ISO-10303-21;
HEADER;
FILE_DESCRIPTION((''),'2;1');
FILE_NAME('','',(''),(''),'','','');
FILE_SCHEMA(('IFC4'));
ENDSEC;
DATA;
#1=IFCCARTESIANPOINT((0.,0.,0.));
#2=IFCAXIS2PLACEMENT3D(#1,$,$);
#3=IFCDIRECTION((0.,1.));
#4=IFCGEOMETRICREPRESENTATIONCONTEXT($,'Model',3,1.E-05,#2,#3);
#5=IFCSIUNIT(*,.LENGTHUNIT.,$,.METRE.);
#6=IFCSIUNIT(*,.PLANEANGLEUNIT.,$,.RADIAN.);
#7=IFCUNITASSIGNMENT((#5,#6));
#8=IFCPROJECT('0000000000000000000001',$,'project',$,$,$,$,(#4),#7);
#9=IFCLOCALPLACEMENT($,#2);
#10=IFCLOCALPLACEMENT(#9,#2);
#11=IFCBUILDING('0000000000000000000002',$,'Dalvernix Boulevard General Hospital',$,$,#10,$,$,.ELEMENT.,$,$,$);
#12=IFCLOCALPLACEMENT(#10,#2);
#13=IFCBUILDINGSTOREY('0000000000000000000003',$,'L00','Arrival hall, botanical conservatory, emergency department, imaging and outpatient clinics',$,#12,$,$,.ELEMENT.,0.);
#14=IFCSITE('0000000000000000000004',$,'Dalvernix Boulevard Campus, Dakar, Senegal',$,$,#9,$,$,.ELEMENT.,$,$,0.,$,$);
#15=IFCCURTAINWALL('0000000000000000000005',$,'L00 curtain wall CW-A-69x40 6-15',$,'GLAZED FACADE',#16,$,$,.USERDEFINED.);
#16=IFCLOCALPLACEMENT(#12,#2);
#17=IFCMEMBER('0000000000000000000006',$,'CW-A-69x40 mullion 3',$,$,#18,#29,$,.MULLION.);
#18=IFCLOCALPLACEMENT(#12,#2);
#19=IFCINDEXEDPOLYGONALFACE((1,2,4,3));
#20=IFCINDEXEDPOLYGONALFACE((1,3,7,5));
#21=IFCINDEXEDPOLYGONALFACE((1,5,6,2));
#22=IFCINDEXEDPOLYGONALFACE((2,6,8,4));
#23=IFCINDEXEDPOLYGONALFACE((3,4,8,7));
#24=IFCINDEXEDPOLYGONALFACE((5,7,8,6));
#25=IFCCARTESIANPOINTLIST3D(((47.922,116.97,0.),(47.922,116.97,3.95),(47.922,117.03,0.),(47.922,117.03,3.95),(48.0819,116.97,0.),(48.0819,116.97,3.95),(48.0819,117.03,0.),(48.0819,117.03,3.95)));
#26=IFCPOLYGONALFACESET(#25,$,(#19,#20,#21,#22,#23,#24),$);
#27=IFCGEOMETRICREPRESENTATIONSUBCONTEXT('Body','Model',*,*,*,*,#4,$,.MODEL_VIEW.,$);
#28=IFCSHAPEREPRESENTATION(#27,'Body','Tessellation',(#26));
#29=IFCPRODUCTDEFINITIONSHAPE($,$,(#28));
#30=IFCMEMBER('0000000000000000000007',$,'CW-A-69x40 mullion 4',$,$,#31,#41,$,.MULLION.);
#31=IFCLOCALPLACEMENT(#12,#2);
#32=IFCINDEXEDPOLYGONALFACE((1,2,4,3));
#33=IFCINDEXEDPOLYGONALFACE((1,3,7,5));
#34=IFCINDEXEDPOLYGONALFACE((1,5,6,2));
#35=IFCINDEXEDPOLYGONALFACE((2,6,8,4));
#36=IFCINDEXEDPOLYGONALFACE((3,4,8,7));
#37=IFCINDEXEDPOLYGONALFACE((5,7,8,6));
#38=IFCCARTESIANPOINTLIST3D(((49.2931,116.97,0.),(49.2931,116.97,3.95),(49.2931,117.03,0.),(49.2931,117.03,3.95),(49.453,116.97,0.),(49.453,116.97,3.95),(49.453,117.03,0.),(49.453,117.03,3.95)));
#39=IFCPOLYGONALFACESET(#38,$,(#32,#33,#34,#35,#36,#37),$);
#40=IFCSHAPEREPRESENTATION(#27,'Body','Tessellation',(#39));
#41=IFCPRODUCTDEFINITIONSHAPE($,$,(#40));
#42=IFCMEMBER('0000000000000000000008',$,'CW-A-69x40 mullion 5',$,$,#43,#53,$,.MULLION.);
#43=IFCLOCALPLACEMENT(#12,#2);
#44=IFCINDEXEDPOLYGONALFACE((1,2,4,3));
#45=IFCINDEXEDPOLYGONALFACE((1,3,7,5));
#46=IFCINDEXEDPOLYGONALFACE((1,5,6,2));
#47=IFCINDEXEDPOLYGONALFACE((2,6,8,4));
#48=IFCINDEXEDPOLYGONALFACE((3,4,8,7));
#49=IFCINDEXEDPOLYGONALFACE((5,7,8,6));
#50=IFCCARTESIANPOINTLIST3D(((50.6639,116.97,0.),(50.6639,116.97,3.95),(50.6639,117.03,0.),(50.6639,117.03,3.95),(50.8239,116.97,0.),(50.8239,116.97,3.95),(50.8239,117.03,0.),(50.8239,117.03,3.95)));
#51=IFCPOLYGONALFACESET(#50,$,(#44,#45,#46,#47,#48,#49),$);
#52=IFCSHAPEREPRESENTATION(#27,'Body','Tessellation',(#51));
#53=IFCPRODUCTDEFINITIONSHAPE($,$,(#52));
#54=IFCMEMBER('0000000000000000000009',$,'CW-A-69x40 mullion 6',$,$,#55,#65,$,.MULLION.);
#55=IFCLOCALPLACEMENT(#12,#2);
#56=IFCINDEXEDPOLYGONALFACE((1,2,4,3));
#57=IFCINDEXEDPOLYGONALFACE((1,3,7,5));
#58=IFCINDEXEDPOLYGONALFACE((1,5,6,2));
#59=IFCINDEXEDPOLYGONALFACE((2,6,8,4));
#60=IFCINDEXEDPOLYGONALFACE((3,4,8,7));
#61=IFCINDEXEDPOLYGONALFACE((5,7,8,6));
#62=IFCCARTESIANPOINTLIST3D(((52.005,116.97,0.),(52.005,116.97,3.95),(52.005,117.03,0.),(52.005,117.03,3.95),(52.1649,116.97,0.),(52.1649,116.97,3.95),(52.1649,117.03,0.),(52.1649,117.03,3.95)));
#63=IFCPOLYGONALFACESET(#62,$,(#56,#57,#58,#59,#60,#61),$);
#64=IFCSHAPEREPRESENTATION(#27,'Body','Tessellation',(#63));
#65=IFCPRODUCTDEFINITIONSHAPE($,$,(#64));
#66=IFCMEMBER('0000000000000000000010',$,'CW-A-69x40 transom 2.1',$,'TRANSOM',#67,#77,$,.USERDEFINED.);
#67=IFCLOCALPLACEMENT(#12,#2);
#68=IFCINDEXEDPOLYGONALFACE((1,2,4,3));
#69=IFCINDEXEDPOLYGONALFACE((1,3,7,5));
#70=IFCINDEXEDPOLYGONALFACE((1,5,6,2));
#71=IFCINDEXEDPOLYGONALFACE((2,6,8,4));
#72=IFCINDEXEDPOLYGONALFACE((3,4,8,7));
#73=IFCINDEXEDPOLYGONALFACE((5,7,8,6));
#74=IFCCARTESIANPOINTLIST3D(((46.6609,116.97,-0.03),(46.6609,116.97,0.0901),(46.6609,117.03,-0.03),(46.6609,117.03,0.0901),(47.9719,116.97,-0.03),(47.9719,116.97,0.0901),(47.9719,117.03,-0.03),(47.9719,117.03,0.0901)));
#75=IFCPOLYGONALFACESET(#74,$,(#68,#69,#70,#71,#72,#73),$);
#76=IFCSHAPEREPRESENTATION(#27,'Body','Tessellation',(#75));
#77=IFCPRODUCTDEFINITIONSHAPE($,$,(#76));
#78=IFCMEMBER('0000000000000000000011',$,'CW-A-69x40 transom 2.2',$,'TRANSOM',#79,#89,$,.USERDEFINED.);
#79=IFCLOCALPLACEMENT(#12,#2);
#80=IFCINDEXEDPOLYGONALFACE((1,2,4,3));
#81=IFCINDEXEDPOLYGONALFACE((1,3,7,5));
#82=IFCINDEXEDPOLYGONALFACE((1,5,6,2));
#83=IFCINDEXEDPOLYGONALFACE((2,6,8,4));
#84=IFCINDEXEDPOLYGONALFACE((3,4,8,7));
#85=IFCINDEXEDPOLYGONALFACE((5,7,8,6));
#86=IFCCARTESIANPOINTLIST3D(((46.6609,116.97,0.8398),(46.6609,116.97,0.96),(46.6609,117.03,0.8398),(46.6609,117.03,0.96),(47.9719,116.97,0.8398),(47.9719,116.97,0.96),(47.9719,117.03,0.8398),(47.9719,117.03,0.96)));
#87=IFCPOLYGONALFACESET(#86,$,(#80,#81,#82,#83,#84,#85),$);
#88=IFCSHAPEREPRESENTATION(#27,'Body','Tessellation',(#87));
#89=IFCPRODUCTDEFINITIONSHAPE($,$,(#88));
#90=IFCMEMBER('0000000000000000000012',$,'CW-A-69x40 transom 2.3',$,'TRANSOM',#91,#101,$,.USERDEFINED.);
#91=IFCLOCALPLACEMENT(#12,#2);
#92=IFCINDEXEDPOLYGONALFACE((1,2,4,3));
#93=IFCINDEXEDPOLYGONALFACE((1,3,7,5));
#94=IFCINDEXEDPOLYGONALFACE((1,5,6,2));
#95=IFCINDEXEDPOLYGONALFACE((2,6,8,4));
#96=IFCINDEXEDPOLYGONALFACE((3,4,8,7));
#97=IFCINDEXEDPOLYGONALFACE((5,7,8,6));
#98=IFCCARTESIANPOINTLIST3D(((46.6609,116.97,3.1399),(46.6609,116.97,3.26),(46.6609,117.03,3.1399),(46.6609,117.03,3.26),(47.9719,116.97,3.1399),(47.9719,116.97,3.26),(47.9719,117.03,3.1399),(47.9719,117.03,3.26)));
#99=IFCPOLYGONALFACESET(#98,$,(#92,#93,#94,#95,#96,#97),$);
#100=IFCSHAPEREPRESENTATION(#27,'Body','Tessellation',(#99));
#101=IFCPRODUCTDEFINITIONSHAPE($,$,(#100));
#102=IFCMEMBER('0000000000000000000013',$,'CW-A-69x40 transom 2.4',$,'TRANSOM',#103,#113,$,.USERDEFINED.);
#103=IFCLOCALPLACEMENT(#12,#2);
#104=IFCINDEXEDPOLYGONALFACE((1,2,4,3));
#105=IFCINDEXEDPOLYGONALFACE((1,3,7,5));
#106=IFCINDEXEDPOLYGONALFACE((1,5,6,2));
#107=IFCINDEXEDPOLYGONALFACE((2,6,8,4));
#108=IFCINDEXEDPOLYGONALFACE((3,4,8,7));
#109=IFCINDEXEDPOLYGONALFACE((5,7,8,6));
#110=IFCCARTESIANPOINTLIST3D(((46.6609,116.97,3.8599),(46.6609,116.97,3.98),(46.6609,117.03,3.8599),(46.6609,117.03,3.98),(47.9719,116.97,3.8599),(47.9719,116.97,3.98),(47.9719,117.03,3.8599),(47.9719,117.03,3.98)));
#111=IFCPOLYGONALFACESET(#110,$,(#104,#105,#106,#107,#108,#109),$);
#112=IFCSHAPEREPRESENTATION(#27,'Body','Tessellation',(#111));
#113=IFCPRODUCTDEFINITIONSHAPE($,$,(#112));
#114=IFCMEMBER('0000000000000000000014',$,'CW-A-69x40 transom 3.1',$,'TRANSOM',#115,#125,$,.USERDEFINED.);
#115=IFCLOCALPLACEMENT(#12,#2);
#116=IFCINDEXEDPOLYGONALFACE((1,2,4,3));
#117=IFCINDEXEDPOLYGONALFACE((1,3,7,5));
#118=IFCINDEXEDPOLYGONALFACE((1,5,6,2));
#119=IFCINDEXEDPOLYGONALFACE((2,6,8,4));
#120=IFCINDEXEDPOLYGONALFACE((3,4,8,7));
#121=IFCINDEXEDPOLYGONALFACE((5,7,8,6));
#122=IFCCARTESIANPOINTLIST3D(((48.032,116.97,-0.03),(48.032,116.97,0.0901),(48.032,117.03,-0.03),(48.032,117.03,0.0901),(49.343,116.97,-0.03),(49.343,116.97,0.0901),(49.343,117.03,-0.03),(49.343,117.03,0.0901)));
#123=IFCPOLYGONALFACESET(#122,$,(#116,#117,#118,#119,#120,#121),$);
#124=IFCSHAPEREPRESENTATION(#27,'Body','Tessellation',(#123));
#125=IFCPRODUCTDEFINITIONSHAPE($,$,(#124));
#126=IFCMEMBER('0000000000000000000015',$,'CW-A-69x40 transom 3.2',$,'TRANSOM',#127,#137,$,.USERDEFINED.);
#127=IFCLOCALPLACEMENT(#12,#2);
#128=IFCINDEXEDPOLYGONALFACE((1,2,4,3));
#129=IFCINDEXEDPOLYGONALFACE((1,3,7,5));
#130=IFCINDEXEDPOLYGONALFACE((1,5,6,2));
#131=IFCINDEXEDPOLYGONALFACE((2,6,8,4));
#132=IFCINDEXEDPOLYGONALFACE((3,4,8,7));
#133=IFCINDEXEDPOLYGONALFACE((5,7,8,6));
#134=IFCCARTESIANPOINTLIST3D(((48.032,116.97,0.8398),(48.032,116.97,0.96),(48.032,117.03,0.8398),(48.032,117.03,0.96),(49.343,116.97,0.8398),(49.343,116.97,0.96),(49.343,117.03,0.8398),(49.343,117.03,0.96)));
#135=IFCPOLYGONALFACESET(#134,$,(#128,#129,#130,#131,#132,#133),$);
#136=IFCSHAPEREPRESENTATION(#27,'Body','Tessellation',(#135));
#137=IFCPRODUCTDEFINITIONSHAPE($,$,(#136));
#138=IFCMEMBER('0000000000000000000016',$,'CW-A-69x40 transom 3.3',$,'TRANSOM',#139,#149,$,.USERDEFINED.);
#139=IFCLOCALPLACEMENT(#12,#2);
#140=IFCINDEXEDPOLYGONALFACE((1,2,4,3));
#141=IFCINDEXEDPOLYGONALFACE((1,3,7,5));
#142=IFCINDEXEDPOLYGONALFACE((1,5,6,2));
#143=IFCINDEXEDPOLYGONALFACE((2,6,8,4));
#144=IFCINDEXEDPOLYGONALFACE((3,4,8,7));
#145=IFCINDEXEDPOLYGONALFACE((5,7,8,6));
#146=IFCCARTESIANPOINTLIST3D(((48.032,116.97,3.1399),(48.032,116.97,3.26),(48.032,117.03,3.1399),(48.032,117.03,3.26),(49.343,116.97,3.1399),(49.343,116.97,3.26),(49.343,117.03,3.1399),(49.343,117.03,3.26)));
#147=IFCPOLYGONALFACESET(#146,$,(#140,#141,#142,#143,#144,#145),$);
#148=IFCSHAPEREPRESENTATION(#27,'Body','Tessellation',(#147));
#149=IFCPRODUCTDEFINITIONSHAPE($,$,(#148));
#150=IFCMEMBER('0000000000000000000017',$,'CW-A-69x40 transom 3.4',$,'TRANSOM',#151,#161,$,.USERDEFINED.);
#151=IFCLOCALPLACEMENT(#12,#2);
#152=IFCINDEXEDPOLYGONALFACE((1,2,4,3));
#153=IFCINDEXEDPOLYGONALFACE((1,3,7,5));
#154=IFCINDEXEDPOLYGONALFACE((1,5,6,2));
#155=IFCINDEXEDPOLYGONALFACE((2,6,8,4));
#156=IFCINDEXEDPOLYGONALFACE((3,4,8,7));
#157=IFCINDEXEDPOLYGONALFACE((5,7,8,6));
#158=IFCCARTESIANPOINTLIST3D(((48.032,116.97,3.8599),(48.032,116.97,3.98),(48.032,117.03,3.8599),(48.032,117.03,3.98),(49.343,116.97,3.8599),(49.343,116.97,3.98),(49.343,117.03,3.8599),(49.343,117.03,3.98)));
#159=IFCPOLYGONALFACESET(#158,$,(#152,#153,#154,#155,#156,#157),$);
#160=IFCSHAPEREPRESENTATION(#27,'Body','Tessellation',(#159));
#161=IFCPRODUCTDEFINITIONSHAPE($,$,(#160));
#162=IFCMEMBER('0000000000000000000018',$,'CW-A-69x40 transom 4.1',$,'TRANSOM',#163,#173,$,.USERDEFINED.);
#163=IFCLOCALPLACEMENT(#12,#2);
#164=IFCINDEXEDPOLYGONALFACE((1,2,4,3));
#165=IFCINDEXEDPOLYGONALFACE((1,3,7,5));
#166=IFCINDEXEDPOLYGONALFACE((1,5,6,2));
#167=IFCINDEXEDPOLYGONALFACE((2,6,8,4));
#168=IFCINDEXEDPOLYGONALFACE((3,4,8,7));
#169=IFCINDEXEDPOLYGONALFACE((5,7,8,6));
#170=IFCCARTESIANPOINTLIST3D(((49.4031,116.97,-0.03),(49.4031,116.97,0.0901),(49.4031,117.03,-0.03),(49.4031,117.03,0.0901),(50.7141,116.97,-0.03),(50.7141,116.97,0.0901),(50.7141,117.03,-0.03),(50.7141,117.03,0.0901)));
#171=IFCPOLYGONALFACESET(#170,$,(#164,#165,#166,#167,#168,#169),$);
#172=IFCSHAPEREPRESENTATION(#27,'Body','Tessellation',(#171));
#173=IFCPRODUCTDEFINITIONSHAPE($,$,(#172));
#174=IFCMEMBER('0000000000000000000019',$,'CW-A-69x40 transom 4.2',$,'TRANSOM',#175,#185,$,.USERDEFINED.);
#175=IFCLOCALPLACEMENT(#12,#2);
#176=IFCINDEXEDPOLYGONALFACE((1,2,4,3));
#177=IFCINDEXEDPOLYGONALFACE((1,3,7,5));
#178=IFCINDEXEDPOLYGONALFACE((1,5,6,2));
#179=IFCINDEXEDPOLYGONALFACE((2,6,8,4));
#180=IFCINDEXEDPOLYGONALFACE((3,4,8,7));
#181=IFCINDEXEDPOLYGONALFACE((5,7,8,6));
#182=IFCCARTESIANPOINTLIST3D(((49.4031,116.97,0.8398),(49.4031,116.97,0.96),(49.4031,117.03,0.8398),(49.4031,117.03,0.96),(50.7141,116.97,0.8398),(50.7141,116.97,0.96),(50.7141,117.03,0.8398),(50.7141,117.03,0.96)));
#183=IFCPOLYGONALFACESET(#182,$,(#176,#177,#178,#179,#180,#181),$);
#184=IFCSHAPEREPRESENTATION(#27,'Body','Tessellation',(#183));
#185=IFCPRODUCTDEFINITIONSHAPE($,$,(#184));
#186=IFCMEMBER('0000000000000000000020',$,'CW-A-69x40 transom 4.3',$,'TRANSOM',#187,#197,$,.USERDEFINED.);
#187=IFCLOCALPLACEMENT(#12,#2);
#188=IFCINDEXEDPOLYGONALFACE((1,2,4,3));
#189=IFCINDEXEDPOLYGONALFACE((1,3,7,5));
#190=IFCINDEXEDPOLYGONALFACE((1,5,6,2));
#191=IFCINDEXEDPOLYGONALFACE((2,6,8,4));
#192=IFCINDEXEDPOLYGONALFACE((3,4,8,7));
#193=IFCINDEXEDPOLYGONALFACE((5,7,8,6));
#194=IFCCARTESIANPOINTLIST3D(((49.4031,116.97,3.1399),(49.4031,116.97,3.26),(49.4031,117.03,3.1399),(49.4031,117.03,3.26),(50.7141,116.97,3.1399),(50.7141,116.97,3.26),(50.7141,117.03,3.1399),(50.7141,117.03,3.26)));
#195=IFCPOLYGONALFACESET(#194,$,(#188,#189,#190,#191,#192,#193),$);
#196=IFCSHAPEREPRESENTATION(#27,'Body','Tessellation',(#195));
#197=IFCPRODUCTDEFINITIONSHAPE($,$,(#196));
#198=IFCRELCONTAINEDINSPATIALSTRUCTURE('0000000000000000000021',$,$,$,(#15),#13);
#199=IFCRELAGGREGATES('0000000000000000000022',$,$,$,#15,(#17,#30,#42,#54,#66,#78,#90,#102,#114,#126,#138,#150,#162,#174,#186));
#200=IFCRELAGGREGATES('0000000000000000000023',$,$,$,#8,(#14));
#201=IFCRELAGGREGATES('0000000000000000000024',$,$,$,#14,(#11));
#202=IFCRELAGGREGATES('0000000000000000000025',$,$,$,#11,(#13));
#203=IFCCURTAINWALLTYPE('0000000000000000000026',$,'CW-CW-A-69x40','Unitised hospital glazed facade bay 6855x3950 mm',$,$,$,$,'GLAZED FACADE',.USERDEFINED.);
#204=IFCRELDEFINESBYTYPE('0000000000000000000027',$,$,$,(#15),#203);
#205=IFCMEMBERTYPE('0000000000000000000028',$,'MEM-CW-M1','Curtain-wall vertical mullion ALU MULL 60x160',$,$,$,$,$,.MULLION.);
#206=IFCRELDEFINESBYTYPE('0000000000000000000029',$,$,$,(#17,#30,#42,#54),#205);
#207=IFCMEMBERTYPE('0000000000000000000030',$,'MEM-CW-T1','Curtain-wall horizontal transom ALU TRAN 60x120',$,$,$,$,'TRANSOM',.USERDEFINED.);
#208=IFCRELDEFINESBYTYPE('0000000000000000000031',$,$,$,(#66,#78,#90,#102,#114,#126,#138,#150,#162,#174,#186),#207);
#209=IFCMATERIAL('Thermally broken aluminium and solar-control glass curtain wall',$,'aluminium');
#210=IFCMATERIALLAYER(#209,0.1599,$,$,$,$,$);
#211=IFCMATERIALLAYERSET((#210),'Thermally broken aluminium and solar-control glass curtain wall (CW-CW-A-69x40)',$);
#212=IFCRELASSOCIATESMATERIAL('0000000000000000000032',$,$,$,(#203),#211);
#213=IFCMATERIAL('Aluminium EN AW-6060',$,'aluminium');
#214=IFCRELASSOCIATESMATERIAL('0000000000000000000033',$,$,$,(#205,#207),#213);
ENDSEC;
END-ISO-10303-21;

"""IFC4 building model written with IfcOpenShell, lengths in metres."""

from ifc_helpers import new_model, si_unit, direction, frame, origin, origin_2d, place, context, subcontext, project, spatial, rectangle, extrude, material, layer, layer_set, material_profile, profile_set, type_object, element, aggregate, save


model = new_model("IFC4")

# Units and contexts
model_context = context("Model", 3, precision=1e-05, world=origin(), true_north=direction((0.0, 1.0)))
body_context = subcontext(model_context, "Body", "Model", "MODEL_VIEW")
ifc_project = project(units=[si_unit("LENGTHUNIT", "METRE"), si_unit("PLANEANGLEUNIT", "RADIAN")], contexts=[model_context])

# Site, building, storey
site_placement = place(None, origin())
site = spatial("IfcSite", under=ifc_project, at=site_placement, Name="Dalvernix Boulevard Campus, Dakar, Senegal", CompositionType="ELEMENT", RefElevation=0.0)
building_placement = place(site_placement, origin())
building = spatial("IfcBuilding", under=site, at=building_placement, Name="Dalvernix Boulevard General Hospital", CompositionType="ELEMENT")
storey_placement = place(building_placement, origin())
storey = spatial("IfcBuildingStorey", under=building, at=storey_placement, Name="L00", Description="Arrival hall, botanical conservatory, emergency department, imaging and outpatient clinics", CompositionType="ELEMENT", Elevation=0.0)

# Curtain wall, members
ifc_material_1 = material(Name="Thermally broken aluminium and solar-control glass curtain wall", Category="aluminium")
ifc_layer_1 = layer(ifc_material_1, 0.1599)
ifc_layer_set_1 = layer_set([ifc_layer_1], Name="Thermally broken aluminium and solar-control glass curtain wall (CW-CW-A-69x40)")
curtain_wall_type = type_object("IfcCurtainWallType", Name="CW-CW-A-69x40", Description="Unitised hospital glazed facade bay 6855x3950 mm", ElementType="GLAZED FACADE", PredefinedType="USERDEFINED", material=ifc_layer_set_1)
curtain_wall_placement = place(storey_placement, origin())
curtain_wall = element("IfcCurtainWall", 1, at=curtain_wall_placement, inside=storey, type_object=curtain_wall_type, Name="L00 curtain wall CW-A-69x40 6-15", ObjectType="GLAZED FACADE", PredefinedType="USERDEFINED")
ifc_material_2 = material(Name="Aluminium EN AW-6060", Category="aluminium")
ifc_material_profile_1 = material_profile(ifc_material_2, rectangle(XDim=0.0601, YDim=0.1599, at=origin_2d()), Name="ALU MULL 60x160")
ifc_profile_set_1 = profile_set([ifc_material_profile_1], Name="Aluminium EN AW-6060")
member_type_1 = type_object("IfcMemberType", Name="MEM-CW-M1", Description="Curtain-wall vertical mullion ALU MULL 60x160", PredefinedType="MULLION", material=ifc_profile_set_1)
member_1_placement = place(storey_placement, frame((48.002, 117.0, 0.0), z_axis=(0.0, 0.0, 1.0), x_axis=(0.0, 1.0, 0.0)))
member_1 = element("IfcMember", 2, at=member_1_placement, type_object=member_type_1, Name="CW-A-69x40 mullion 3", PredefinedType="MULLION", context=body_context, shape_type="SweptSolid", body=[
    extrude(rectangle(XDim=0.0601, YDim=0.1599, at=origin_2d()), origin(), (0.0, 0.0, 1.0), 3.95),
])
member_2_placement = place(storey_placement, frame((49.373, 117.0, 0.0), z_axis=(0.0, 0.0, 1.0), x_axis=(0.0, 1.0, 0.0)))
member_2 = element("IfcMember", 3, at=member_2_placement, type_object=member_type_1, Name="CW-A-69x40 mullion 4", PredefinedType="MULLION", context=body_context, shape_type="SweptSolid", body=[
    extrude(rectangle(XDim=0.0601, YDim=0.1599, at=origin_2d()), origin(), (0.0, 0.0, 1.0), 3.95),
])
member_3_placement = place(storey_placement, frame((50.7439, 117.0, 0.0), z_axis=(0.0, 0.0, 1.0), x_axis=(0.0, 1.0, 0.0)))
member_3 = element("IfcMember", 4, at=member_3_placement, type_object=member_type_1, Name="CW-A-69x40 mullion 5", PredefinedType="MULLION", context=body_context, shape_type="SweptSolid", body=[
    extrude(rectangle(XDim=0.0601, YDim=0.1599, at=origin_2d()), origin(), (0.0, 0.0, 1.0), 3.95),
])
member_4_placement = place(storey_placement, frame((52.085, 117.0, 0.0), z_axis=(0.0, 0.0, 1.0), x_axis=(0.0, 1.0, 0.0)))
member_4 = element("IfcMember", 5, at=member_4_placement, type_object=member_type_1, Name="CW-A-69x40 mullion 6", PredefinedType="MULLION", context=body_context, shape_type="SweptSolid", body=[
    extrude(rectangle(XDim=0.0601, YDim=0.1599, at=origin_2d()), origin(), (0.0, 0.0, 1.0), 3.95),
])
ifc_material_profile_2 = material_profile(ifc_material_2, rectangle(XDim=0.0601, YDim=0.1201, at=origin_2d()), Name="ALU TRAN 60x120")
ifc_profile_set_2 = profile_set([ifc_material_profile_2], Name="Aluminium EN AW-6060")
member_type_2 = type_object("IfcMemberType", Name="MEM-CW-T1", Description="Curtain-wall horizontal transom ALU TRAN 60x120", ElementType="TRANSOM", PredefinedType="USERDEFINED", material=ifc_profile_set_2)
member_5_placement = place(storey_placement, frame((46.6609, 117.0, 0.03), z_axis=(1.0, 0.0, 0.0), x_axis=(0.0, 1.0, 0.0)))
member_5 = element("IfcMember", 6, at=member_5_placement, type_object=member_type_2, Name="CW-A-69x40 transom 2.1", ObjectType="TRANSOM", PredefinedType="USERDEFINED", context=body_context, shape_type="SweptSolid", body=[
    extrude(rectangle(XDim=0.0601, YDim=0.1201, at=origin_2d()), origin(), (0.0, 0.0, 1.0), 1.311),
])
member_6_placement = place(storey_placement, frame((46.6609, 117.0, 0.8999), z_axis=(1.0, 0.0, 0.0), x_axis=(0.0, 1.0, 0.0)))
member_6 = element("IfcMember", 7, at=member_6_placement, type_object=member_type_2, Name="CW-A-69x40 transom 2.2", ObjectType="TRANSOM", PredefinedType="USERDEFINED", context=body_context, shape_type="SweptSolid", body=[
    extrude(rectangle(XDim=0.0601, YDim=0.1201, at=origin_2d()), origin(), (0.0, 0.0, 1.0), 1.311),
])
member_7_placement = place(storey_placement, frame((46.6609, 117.0, 3.2), z_axis=(1.0, 0.0, 0.0), x_axis=(0.0, 1.0, 0.0)))
member_7 = element("IfcMember", 8, at=member_7_placement, type_object=member_type_2, Name="CW-A-69x40 transom 2.3", ObjectType="TRANSOM", PredefinedType="USERDEFINED", context=body_context, shape_type="SweptSolid", body=[
    extrude(rectangle(XDim=0.0601, YDim=0.1201, at=origin_2d()), origin(), (0.0, 0.0, 1.0), 1.311),
])
member_8_placement = place(storey_placement, frame((46.6609, 117.0, 3.9199), z_axis=(1.0, 0.0, 0.0), x_axis=(0.0, 1.0, 0.0)))
member_8 = element("IfcMember", 9, at=member_8_placement, type_object=member_type_2, Name="CW-A-69x40 transom 2.4", ObjectType="TRANSOM", PredefinedType="USERDEFINED", context=body_context, shape_type="SweptSolid", body=[
    extrude(rectangle(XDim=0.0601, YDim=0.1201, at=origin_2d()), origin(), (0.0, 0.0, 1.0), 1.311),
])
member_9_placement = place(storey_placement, frame((48.032, 117.0, 0.03), z_axis=(1.0, 0.0, 0.0), x_axis=(0.0, 1.0, 0.0)))
member_9 = element("IfcMember", 10, at=member_9_placement, type_object=member_type_2, Name="CW-A-69x40 transom 3.1", ObjectType="TRANSOM", PredefinedType="USERDEFINED", context=body_context, shape_type="SweptSolid", body=[
    extrude(rectangle(XDim=0.0601, YDim=0.1201, at=origin_2d()), origin(), (0.0, 0.0, 1.0), 1.311),
])
member_10_placement = place(storey_placement, frame((48.032, 117.0, 0.8999), z_axis=(1.0, 0.0, 0.0), x_axis=(0.0, 1.0, 0.0)))
member_10 = element("IfcMember", 11, at=member_10_placement, type_object=member_type_2, Name="CW-A-69x40 transom 3.2", ObjectType="TRANSOM", PredefinedType="USERDEFINED", context=body_context, shape_type="SweptSolid", body=[
    extrude(rectangle(XDim=0.0601, YDim=0.1201, at=origin_2d()), origin(), (0.0, 0.0, 1.0), 1.311),
])
member_11_placement = place(storey_placement, frame((48.032, 117.0, 3.2), z_axis=(1.0, 0.0, 0.0), x_axis=(0.0, 1.0, 0.0)))
member_11 = element("IfcMember", 12, at=member_11_placement, type_object=member_type_2, Name="CW-A-69x40 transom 3.3", ObjectType="TRANSOM", PredefinedType="USERDEFINED", context=body_context, shape_type="SweptSolid", body=[
    extrude(rectangle(XDim=0.0601, YDim=0.1201, at=origin_2d()), origin(), (0.0, 0.0, 1.0), 1.311),
])
member_12_placement = place(storey_placement, frame((48.032, 117.0, 3.9199), z_axis=(1.0, 0.0, 0.0), x_axis=(0.0, 1.0, 0.0)))
member_12 = element("IfcMember", 13, at=member_12_placement, type_object=member_type_2, Name="CW-A-69x40 transom 3.4", ObjectType="TRANSOM", PredefinedType="USERDEFINED", context=body_context, shape_type="SweptSolid", body=[
    extrude(rectangle(XDim=0.0601, YDim=0.1201, at=origin_2d()), origin(), (0.0, 0.0, 1.0), 1.311),
])
member_13_placement = place(storey_placement, frame((49.4031, 117.0, 0.03), z_axis=(1.0, 0.0, 0.0), x_axis=(0.0, 1.0, 0.0)))
member_13 = element("IfcMember", 14, at=member_13_placement, type_object=member_type_2, Name="CW-A-69x40 transom 4.1", ObjectType="TRANSOM", PredefinedType="USERDEFINED", context=body_context, shape_type="SweptSolid", body=[
    extrude(rectangle(XDim=0.0601, YDim=0.1201, at=origin_2d()), origin(), (0.0, 0.0, 1.0), 1.311),
])
member_14_placement = place(storey_placement, frame((49.4031, 117.0, 0.8999), z_axis=(1.0, 0.0, 0.0), x_axis=(0.0, 1.0, 0.0)))
member_14 = element("IfcMember", 15, at=member_14_placement, type_object=member_type_2, Name="CW-A-69x40 transom 4.2", ObjectType="TRANSOM", PredefinedType="USERDEFINED", context=body_context, shape_type="SweptSolid", body=[
    extrude(rectangle(XDim=0.0601, YDim=0.1201, at=origin_2d()), origin(), (0.0, 0.0, 1.0), 1.311),
])
member_15_placement = place(storey_placement, frame((49.4031, 117.0, 3.2), z_axis=(1.0, 0.0, 0.0), x_axis=(0.0, 1.0, 0.0)))
member_15 = element("IfcMember", 16, at=member_15_placement, type_object=member_type_2, Name="CW-A-69x40 transom 4.3", ObjectType="TRANSOM", PredefinedType="USERDEFINED", context=body_context, shape_type="SweptSolid", body=[
    extrude(rectangle(XDim=0.0601, YDim=0.1201, at=origin_2d()), origin(), (0.0, 0.0, 1.0), 1.311),
])
aggregate(curtain_wall, [member_1, member_2, member_3, member_4, member_5, member_6, member_7, member_8, member_9, member_10, member_11, member_12, member_13, member_14, member_15])

save(model, "model.ifc")
